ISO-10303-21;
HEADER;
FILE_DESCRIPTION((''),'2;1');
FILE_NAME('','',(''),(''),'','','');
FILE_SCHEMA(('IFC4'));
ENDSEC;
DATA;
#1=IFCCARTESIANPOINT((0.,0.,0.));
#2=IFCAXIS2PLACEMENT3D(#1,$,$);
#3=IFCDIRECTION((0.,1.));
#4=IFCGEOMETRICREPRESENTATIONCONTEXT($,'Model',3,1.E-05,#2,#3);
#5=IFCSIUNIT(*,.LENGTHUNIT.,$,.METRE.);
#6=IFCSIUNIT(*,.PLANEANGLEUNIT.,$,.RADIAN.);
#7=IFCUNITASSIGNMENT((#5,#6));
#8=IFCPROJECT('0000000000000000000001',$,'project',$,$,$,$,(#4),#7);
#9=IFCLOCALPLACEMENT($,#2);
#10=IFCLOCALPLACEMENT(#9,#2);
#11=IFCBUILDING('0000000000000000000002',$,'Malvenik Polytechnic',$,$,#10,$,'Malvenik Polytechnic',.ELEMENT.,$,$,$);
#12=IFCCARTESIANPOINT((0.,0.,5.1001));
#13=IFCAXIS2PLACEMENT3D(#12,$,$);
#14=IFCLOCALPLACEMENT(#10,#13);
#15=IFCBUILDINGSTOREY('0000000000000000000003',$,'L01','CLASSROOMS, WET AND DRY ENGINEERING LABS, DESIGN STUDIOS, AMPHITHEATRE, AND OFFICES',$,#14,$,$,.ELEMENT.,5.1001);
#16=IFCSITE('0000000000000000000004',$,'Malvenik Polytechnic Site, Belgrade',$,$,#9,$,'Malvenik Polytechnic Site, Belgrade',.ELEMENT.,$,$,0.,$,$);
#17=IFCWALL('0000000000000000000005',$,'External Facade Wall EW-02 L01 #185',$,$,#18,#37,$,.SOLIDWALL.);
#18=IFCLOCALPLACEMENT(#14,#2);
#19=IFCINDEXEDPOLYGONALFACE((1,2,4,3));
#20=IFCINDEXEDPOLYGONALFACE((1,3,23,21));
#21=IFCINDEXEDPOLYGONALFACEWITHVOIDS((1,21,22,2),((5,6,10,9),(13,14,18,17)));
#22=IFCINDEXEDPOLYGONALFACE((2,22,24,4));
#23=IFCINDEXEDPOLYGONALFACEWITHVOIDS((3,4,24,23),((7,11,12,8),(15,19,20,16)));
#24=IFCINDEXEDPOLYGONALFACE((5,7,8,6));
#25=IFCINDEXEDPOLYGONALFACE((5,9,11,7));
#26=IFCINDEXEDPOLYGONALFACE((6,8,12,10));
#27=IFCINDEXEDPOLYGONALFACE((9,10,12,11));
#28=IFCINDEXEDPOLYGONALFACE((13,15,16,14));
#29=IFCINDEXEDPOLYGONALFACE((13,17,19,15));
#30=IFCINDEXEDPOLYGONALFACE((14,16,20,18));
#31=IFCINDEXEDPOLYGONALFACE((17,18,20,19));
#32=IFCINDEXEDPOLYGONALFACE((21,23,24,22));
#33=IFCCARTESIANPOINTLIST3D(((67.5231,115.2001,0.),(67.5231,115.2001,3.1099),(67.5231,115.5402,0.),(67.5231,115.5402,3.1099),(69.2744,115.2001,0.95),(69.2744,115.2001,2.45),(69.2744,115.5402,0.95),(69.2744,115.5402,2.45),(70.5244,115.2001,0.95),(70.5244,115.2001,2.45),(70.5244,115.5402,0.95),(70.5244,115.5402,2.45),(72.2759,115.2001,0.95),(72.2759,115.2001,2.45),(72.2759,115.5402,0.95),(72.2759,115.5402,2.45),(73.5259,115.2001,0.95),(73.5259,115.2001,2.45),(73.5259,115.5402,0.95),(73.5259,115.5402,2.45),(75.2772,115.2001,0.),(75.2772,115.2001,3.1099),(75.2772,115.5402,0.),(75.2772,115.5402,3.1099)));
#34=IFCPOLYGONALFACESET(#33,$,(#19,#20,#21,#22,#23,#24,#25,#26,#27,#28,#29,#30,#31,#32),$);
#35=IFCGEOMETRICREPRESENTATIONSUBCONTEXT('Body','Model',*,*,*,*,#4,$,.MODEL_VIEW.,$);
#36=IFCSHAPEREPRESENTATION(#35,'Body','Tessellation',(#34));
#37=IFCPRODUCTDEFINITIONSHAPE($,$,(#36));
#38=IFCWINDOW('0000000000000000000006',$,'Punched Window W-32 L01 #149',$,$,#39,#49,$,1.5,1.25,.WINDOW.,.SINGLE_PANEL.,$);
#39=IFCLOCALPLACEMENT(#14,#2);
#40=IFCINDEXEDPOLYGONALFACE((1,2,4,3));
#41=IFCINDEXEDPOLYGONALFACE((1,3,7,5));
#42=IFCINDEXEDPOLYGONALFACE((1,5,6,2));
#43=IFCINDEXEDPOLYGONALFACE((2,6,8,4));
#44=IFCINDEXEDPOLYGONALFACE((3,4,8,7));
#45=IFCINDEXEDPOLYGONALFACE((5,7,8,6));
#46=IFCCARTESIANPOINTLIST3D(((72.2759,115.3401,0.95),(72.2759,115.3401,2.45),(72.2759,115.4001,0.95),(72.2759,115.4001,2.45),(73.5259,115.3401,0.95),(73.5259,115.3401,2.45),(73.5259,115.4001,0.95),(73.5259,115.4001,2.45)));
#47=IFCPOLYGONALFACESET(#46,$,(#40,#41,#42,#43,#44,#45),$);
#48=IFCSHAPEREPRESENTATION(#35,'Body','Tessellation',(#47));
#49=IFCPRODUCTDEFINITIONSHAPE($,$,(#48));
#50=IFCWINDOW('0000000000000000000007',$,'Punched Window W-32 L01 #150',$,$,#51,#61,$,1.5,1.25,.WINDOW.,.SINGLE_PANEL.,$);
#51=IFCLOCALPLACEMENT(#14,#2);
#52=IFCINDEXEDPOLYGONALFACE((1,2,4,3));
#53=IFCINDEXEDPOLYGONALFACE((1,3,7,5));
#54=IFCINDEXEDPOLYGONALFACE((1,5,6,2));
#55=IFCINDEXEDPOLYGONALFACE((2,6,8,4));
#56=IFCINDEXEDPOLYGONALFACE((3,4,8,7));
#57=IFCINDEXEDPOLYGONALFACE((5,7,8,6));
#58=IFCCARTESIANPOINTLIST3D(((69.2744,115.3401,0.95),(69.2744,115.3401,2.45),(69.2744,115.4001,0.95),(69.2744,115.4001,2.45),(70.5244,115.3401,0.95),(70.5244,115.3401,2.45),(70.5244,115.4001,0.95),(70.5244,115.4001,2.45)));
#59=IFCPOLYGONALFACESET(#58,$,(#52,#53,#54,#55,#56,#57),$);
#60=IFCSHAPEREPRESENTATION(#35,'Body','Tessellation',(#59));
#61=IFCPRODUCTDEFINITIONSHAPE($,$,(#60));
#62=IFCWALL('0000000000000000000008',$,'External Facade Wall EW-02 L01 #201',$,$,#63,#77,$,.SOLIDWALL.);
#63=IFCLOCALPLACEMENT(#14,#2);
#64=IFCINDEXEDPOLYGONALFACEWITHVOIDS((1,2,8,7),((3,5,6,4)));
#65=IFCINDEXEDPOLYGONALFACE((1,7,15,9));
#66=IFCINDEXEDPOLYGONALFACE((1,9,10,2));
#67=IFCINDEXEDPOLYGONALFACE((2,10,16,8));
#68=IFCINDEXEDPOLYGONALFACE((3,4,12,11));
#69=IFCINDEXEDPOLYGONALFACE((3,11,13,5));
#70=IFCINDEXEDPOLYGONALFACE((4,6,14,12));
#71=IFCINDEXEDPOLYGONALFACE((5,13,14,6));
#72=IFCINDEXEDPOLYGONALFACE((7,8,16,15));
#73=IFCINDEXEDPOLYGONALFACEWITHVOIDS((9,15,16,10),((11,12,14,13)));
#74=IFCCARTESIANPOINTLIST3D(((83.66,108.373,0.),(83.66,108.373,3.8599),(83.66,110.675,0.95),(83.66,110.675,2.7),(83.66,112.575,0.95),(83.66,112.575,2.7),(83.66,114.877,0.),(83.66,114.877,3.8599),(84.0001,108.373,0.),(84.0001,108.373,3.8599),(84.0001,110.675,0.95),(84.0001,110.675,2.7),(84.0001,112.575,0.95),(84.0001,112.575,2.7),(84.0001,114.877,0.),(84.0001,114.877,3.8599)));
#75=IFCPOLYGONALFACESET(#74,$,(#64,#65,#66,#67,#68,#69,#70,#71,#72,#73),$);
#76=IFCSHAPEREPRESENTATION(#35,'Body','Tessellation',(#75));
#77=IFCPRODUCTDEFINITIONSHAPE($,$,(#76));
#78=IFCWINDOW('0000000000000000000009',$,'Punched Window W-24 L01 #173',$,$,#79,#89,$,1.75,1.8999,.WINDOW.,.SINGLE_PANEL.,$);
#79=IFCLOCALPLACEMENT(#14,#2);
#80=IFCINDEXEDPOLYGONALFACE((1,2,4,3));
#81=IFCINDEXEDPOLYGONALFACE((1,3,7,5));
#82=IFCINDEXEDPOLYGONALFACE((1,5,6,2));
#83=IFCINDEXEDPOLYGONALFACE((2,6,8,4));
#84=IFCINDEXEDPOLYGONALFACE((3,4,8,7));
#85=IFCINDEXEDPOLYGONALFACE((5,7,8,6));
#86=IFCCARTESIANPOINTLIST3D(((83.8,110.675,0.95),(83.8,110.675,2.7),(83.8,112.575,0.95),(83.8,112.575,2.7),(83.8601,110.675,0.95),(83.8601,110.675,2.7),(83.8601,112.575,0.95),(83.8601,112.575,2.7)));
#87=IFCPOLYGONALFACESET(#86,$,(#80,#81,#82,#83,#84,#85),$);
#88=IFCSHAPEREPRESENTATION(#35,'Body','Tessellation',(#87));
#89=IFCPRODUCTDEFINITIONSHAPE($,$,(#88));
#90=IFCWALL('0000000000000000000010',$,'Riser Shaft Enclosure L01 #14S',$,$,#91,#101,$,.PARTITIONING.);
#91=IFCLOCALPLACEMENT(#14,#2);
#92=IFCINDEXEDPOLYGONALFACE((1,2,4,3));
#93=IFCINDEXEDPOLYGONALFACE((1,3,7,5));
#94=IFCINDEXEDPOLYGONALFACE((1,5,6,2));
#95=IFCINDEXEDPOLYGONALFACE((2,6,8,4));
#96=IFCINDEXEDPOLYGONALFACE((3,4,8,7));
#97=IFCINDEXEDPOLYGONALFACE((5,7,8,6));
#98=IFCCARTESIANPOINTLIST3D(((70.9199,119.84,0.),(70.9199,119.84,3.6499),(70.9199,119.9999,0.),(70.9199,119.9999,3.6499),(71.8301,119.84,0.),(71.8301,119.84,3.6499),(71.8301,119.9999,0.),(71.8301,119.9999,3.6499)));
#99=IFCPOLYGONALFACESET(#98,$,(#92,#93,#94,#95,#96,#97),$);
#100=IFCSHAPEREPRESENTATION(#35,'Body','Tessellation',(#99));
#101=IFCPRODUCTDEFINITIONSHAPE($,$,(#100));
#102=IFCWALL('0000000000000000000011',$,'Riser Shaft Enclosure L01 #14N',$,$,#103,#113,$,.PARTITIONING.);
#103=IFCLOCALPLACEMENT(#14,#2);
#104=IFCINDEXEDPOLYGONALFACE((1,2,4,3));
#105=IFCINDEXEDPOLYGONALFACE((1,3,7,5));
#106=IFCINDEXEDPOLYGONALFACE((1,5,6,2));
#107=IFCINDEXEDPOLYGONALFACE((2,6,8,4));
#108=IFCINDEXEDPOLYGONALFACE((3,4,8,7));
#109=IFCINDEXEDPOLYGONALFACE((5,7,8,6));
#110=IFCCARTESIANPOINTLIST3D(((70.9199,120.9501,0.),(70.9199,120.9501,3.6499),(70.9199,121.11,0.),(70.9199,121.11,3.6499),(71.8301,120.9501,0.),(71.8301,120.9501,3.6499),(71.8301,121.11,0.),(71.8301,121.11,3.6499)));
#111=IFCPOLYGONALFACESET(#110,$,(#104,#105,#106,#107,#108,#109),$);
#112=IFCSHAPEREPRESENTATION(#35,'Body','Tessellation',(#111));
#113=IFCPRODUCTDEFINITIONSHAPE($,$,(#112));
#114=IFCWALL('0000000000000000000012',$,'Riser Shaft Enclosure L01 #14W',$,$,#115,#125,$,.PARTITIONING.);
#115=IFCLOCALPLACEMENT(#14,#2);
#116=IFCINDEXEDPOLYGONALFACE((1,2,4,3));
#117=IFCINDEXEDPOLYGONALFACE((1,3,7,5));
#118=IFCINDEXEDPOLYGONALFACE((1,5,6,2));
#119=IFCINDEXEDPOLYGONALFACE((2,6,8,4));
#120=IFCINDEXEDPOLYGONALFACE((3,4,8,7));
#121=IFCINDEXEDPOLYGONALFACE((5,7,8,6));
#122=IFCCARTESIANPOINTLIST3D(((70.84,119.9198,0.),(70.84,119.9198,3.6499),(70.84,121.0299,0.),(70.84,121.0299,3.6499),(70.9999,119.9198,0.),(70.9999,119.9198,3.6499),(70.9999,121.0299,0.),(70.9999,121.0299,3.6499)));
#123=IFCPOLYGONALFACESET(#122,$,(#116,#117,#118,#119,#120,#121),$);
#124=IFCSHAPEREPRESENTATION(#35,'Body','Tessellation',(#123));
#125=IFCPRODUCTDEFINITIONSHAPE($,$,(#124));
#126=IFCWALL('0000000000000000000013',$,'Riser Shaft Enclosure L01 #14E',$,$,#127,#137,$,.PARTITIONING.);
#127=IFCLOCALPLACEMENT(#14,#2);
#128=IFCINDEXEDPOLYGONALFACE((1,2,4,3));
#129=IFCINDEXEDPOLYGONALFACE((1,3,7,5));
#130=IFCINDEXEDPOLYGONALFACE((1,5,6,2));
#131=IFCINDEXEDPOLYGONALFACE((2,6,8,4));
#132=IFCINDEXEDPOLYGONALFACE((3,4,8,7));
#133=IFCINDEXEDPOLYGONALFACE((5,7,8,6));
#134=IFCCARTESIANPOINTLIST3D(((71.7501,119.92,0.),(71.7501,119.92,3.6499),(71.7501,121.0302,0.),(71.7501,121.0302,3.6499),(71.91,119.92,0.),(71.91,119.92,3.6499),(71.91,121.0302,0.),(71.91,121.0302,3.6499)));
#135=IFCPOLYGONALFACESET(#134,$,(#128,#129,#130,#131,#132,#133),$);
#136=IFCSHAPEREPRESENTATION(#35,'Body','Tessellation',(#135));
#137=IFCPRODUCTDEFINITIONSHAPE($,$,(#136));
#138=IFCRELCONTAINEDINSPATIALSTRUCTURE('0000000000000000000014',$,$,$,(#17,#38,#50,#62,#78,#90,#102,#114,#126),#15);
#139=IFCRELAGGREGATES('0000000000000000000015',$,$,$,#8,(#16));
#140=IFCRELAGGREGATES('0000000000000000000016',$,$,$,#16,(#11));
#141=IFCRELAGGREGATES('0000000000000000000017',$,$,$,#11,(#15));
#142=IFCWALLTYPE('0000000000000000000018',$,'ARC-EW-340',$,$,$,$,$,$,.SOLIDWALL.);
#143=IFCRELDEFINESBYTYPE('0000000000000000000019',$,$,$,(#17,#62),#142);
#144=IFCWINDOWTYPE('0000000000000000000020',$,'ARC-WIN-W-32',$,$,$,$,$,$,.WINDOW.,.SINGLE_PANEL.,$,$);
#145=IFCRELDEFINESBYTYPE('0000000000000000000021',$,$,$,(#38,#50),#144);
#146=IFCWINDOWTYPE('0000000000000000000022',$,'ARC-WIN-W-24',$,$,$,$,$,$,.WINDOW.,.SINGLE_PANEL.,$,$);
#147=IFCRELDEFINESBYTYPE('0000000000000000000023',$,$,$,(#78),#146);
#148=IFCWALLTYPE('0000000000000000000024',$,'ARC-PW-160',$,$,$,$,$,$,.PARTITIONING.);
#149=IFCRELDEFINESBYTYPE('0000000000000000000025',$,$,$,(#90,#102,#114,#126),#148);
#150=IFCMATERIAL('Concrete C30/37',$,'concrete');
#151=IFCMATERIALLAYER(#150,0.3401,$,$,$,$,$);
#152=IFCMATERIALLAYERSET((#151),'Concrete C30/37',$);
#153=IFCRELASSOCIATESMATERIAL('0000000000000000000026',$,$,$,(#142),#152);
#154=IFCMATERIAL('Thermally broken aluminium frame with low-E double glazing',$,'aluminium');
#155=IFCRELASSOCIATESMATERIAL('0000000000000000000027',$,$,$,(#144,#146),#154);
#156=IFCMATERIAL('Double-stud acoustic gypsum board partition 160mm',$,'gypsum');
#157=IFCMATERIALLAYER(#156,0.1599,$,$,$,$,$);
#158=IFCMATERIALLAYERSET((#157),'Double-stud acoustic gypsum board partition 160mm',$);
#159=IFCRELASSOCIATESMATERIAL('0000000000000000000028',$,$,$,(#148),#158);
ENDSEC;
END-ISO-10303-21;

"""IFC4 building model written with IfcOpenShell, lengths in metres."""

from ifc_helpers import new_model, si_unit, direction, frame, frame_2d, origin, place, context, subcontext, project, spatial, rectangle, extrude, material, layer, layer_set, type_object, element, fill, save


model = new_model("IFC4")

# Units and contexts
model_context = context("Model", 3, precision=1e-05, world=origin(), true_north=direction((0.0, 1.0)))
body_context = subcontext(model_context, "Body", "Model", "MODEL_VIEW")
ifc_project = project(units=[si_unit("LENGTHUNIT", "METRE"), si_unit("PLANEANGLEUNIT", "RADIAN")], contexts=[model_context])

# Site, building, storey
site_placement = place(None, origin())
site = spatial("IfcSite", under=ifc_project, at=site_placement, Name="Malvenik Polytechnic Site, Belgrade", LongName="Malvenik Polytechnic Site, Belgrade", CompositionType="ELEMENT", RefElevation=0.0)
building_placement = place(site_placement, origin())
building = spatial("IfcBuilding", under=site, at=building_placement, Name="Malvenik Polytechnic", LongName="Malvenik Polytechnic", CompositionType="ELEMENT")
storey_placement = place(building_placement, frame((0.0, 0.0, 5.1001)))
storey = spatial("IfcBuildingStorey", under=building, at=storey_placement, Name="L01", Description="CLASSROOMS, WET AND DRY ENGINEERING LABS, DESIGN STUDIOS, AMPHITHEATRE, AND OFFICES", CompositionType="ELEMENT", Elevation=5.1001)

# Shared definitions
ifc_material_1 = material(Name="Concrete C30/37", Category="concrete")

# Wall, openings, windows
ifc_layer_1 = layer(ifc_material_1, 0.3401)
ifc_layer_set_1 = layer_set([ifc_layer_1], Name="Concrete C30/37")
wall_type_1 = type_object("IfcWallType", Name="ARC-EW-340", PredefinedType="SOLIDWALL", material=ifc_layer_set_1)
wall_1_placement = place(storey_placement, frame((75.2771, 115.3701, 0.0), z_axis=(0.0, 0.0, 1.0), x_axis=(-1.0, 0.0, 0.0)))
wall_1 = element("IfcWall", 1, at=wall_1_placement, inside=storey, type_object=wall_type_1, Name="External Facade Wall EW-02 L01 #185", PredefinedType="SOLIDWALL", context=body_context, shape_type="SweptSolid", body=[
    extrude(rectangle(XDim=7.7542, YDim=0.3401, at=frame_2d((3.877, 0.0))), origin(), (0.0, 0.0, 1.0), 3.1099),
])
opening_1_placement = place(wall_1_placement, frame((1.7512, 0.0, 0.95)))
opening_1 = element("IfcOpeningElement", 2, at=opening_1_placement, cuts=wall_1, PredefinedType="OPENING", context=body_context, shape_type="SweptSolid", body=[
    extrude(rectangle(XDim=1.25, YDim=1.5, at=frame_2d((0.625, 0.75))), frame((0.0, 0.1802, 0.0), z_axis=(0.0, -1.0, 0.0), x_axis=(1.0, 0.0, 0.0)), (0.0, 0.0, 1.0), 0.3601),
])
opening_2_placement = place(wall_1_placement, frame((4.7527, 0.0, 0.95)))
opening_2 = element("IfcOpeningElement", 3, at=opening_2_placement, cuts=wall_1, PredefinedType="OPENING", context=body_context, shape_type="SweptSolid", body=[
    extrude(rectangle(XDim=1.25, YDim=1.5, at=frame_2d((0.625, 0.75))), frame((0.0, 0.1802, 0.0), z_axis=(0.0, -1.0, 0.0), x_axis=(1.0, 0.0, 0.0)), (0.0, 0.0, 1.0), 0.3601),
])
ifc_material_2 = material(Name="Thermally broken aluminium frame with low-E double glazing", Category="aluminium")
window_type_1 = type_object("IfcWindowType", Name="ARC-WIN-W-32", PartitioningType="SINGLE_PANEL", PredefinedType="WINDOW", material=ifc_material_2)
window_1_placement = place(opening_1_placement, origin())
window_1 = element("IfcWindow", 4, at=window_1_placement, inside=storey, type_object=window_type_1, Name="Punched Window W-32 L01 #149", OverallHeight=1.5, OverallWidth=1.25, PartitioningType="SINGLE_PANEL", PredefinedType="WINDOW", context=body_context, shape_type="SweptSolid", body=[
    extrude(rectangle(XDim=1.25, YDim=1.5, at=frame_2d((0.625, 0.75))), frame((0.0, 0.03, 0.0), z_axis=(0.0, -1.0, 0.0), x_axis=(1.0, 0.0, 0.0)), (0.0, 0.0, 1.0), 0.0601),
])
fill(opening_1, window_1)
window_2_placement = place(opening_2_placement, origin())
window_2 = element("IfcWindow", 5, at=window_2_placement, inside=storey, type_object=window_type_1, Name="Punched Window W-32 L01 #150", OverallHeight=1.5, OverallWidth=1.25, PartitioningType="SINGLE_PANEL", PredefinedType="WINDOW", context=body_context, shape_type="SweptSolid", body=[
    extrude(rectangle(XDim=1.25, YDim=1.5, at=frame_2d((0.625, 0.75))), frame((0.0, 0.03, 0.0), z_axis=(0.0, -1.0, 0.0), x_axis=(1.0, 0.0, 0.0)), (0.0, 0.0, 1.0), 0.0601),
])
fill(opening_2, window_2)

# Wall, opening, window
wall_2_placement = place(storey_placement, frame((83.8301, 114.877, 0.0), z_axis=(0.0, 0.0, 1.0), x_axis=(0.0, -1.0, 0.0)))
wall_2 = element("IfcWall", 6, at=wall_2_placement, inside=storey, type_object=wall_type_1, Name="External Facade Wall EW-02 L01 #201", PredefinedType="SOLIDWALL", context=body_context, shape_type="SweptSolid", body=[
    extrude(rectangle(XDim=6.5039, YDim=0.3401, at=frame_2d((3.252, 0.0))), origin(), (0.0, 0.0, 1.0), 3.8599),
])
opening_3_placement = place(wall_2_placement, frame((2.302, 0.0, 0.95)))
opening_3 = element("IfcOpeningElement", 7, at=opening_3_placement, cuts=wall_2, PredefinedType="OPENING", context=body_context, shape_type="SweptSolid", body=[
    extrude(rectangle(XDim=1.8999, YDim=1.75, at=frame_2d((0.95, 0.875))), frame((0.0, 0.1802, 0.0), z_axis=(0.0, -1.0, 0.0), x_axis=(1.0, 0.0, 0.0)), (0.0, 0.0, 1.0), 0.3601),
])
window_type_2 = type_object("IfcWindowType", Name="ARC-WIN-W-24", PartitioningType="SINGLE_PANEL", PredefinedType="WINDOW", material=ifc_material_2)
window_3_placement = place(opening_3_placement, origin())
window_3 = element("IfcWindow", 8, at=window_3_placement, inside=storey, type_object=window_type_2, Name="Punched Window W-24 L01 #173", OverallHeight=1.75, OverallWidth=1.8999, PartitioningType="SINGLE_PANEL", PredefinedType="WINDOW", context=body_context, shape_type="SweptSolid", body=[
    extrude(rectangle(XDim=1.8999, YDim=1.75, at=frame_2d((0.95, 0.875))), frame((0.0, 0.03, 0.0), z_axis=(0.0, -1.0, 0.0), x_axis=(1.0, 0.0, 0.0)), (0.0, 0.0, 1.0), 0.0601),
])
fill(opening_3, window_3)

# Walls
ifc_material_3 = material(Name="Double-stud acoustic gypsum board partition 160mm", Category="gypsum")
ifc_layer_2 = layer(ifc_material_3, 0.1599)
ifc_layer_set_2 = layer_set([ifc_layer_2], Name="Double-stud acoustic gypsum board partition 160mm")
wall_type_2 = type_object("IfcWallType", Name="ARC-PW-160", PredefinedType="PARTITIONING", material=ifc_layer_set_2)
for number, where, z_axis, x_axis, name in (
    (9, (70.9199, 119.9199, 0.0), (0.0, 0.0, 1.0), (1.0, 0.0, 0.0), "Riser Shaft Enclosure L01 #14S"),
    (10, (71.8301, 121.03, 0.0), (0.0, 0.0, 1.0), (-1.0, 0.0, 0.0), "Riser Shaft Enclosure L01 #14N"),
):
    element("IfcWall", number, at=place(storey_placement, frame(where, z_axis=z_axis, x_axis=x_axis)), inside=storey, type_object=wall_type_2, Name=name, PredefinedType="PARTITIONING", context=body_context, shape_type="SweptSolid", body=[
        extrude(rectangle(XDim=0.9102, YDim=0.1599, at=frame_2d((0.4551, 0.0))), origin(), (0.0, 0.0, 1.0), 3.6499),
    ])
for number, where, z_axis, x_axis, name in (
    (11, (70.9199, 121.03, 0.0), (0.0, 0.0, 1.0), (0.0, -1.0, 0.0), "Riser Shaft Enclosure L01 #14W"),
    (12, (71.8301, 119.9199, 0.0), (0.0, 0.0, 1.0), (0.0, 1.0, 0.0), "Riser Shaft Enclosure L01 #14E"),
):
    element("IfcWall", number, at=place(storey_placement, frame(where, z_axis=z_axis, x_axis=x_axis)), inside=storey, type_object=wall_type_2, Name=name, PredefinedType="PARTITIONING", context=body_context, shape_type="SweptSolid", body=[
        extrude(rectangle(XDim=1.1101, YDim=0.1599, at=frame_2d((0.5552, 0.0))), origin(), (0.0, 0.0, 1.0), 3.6499),
    ])

save(model, "model.ifc")
